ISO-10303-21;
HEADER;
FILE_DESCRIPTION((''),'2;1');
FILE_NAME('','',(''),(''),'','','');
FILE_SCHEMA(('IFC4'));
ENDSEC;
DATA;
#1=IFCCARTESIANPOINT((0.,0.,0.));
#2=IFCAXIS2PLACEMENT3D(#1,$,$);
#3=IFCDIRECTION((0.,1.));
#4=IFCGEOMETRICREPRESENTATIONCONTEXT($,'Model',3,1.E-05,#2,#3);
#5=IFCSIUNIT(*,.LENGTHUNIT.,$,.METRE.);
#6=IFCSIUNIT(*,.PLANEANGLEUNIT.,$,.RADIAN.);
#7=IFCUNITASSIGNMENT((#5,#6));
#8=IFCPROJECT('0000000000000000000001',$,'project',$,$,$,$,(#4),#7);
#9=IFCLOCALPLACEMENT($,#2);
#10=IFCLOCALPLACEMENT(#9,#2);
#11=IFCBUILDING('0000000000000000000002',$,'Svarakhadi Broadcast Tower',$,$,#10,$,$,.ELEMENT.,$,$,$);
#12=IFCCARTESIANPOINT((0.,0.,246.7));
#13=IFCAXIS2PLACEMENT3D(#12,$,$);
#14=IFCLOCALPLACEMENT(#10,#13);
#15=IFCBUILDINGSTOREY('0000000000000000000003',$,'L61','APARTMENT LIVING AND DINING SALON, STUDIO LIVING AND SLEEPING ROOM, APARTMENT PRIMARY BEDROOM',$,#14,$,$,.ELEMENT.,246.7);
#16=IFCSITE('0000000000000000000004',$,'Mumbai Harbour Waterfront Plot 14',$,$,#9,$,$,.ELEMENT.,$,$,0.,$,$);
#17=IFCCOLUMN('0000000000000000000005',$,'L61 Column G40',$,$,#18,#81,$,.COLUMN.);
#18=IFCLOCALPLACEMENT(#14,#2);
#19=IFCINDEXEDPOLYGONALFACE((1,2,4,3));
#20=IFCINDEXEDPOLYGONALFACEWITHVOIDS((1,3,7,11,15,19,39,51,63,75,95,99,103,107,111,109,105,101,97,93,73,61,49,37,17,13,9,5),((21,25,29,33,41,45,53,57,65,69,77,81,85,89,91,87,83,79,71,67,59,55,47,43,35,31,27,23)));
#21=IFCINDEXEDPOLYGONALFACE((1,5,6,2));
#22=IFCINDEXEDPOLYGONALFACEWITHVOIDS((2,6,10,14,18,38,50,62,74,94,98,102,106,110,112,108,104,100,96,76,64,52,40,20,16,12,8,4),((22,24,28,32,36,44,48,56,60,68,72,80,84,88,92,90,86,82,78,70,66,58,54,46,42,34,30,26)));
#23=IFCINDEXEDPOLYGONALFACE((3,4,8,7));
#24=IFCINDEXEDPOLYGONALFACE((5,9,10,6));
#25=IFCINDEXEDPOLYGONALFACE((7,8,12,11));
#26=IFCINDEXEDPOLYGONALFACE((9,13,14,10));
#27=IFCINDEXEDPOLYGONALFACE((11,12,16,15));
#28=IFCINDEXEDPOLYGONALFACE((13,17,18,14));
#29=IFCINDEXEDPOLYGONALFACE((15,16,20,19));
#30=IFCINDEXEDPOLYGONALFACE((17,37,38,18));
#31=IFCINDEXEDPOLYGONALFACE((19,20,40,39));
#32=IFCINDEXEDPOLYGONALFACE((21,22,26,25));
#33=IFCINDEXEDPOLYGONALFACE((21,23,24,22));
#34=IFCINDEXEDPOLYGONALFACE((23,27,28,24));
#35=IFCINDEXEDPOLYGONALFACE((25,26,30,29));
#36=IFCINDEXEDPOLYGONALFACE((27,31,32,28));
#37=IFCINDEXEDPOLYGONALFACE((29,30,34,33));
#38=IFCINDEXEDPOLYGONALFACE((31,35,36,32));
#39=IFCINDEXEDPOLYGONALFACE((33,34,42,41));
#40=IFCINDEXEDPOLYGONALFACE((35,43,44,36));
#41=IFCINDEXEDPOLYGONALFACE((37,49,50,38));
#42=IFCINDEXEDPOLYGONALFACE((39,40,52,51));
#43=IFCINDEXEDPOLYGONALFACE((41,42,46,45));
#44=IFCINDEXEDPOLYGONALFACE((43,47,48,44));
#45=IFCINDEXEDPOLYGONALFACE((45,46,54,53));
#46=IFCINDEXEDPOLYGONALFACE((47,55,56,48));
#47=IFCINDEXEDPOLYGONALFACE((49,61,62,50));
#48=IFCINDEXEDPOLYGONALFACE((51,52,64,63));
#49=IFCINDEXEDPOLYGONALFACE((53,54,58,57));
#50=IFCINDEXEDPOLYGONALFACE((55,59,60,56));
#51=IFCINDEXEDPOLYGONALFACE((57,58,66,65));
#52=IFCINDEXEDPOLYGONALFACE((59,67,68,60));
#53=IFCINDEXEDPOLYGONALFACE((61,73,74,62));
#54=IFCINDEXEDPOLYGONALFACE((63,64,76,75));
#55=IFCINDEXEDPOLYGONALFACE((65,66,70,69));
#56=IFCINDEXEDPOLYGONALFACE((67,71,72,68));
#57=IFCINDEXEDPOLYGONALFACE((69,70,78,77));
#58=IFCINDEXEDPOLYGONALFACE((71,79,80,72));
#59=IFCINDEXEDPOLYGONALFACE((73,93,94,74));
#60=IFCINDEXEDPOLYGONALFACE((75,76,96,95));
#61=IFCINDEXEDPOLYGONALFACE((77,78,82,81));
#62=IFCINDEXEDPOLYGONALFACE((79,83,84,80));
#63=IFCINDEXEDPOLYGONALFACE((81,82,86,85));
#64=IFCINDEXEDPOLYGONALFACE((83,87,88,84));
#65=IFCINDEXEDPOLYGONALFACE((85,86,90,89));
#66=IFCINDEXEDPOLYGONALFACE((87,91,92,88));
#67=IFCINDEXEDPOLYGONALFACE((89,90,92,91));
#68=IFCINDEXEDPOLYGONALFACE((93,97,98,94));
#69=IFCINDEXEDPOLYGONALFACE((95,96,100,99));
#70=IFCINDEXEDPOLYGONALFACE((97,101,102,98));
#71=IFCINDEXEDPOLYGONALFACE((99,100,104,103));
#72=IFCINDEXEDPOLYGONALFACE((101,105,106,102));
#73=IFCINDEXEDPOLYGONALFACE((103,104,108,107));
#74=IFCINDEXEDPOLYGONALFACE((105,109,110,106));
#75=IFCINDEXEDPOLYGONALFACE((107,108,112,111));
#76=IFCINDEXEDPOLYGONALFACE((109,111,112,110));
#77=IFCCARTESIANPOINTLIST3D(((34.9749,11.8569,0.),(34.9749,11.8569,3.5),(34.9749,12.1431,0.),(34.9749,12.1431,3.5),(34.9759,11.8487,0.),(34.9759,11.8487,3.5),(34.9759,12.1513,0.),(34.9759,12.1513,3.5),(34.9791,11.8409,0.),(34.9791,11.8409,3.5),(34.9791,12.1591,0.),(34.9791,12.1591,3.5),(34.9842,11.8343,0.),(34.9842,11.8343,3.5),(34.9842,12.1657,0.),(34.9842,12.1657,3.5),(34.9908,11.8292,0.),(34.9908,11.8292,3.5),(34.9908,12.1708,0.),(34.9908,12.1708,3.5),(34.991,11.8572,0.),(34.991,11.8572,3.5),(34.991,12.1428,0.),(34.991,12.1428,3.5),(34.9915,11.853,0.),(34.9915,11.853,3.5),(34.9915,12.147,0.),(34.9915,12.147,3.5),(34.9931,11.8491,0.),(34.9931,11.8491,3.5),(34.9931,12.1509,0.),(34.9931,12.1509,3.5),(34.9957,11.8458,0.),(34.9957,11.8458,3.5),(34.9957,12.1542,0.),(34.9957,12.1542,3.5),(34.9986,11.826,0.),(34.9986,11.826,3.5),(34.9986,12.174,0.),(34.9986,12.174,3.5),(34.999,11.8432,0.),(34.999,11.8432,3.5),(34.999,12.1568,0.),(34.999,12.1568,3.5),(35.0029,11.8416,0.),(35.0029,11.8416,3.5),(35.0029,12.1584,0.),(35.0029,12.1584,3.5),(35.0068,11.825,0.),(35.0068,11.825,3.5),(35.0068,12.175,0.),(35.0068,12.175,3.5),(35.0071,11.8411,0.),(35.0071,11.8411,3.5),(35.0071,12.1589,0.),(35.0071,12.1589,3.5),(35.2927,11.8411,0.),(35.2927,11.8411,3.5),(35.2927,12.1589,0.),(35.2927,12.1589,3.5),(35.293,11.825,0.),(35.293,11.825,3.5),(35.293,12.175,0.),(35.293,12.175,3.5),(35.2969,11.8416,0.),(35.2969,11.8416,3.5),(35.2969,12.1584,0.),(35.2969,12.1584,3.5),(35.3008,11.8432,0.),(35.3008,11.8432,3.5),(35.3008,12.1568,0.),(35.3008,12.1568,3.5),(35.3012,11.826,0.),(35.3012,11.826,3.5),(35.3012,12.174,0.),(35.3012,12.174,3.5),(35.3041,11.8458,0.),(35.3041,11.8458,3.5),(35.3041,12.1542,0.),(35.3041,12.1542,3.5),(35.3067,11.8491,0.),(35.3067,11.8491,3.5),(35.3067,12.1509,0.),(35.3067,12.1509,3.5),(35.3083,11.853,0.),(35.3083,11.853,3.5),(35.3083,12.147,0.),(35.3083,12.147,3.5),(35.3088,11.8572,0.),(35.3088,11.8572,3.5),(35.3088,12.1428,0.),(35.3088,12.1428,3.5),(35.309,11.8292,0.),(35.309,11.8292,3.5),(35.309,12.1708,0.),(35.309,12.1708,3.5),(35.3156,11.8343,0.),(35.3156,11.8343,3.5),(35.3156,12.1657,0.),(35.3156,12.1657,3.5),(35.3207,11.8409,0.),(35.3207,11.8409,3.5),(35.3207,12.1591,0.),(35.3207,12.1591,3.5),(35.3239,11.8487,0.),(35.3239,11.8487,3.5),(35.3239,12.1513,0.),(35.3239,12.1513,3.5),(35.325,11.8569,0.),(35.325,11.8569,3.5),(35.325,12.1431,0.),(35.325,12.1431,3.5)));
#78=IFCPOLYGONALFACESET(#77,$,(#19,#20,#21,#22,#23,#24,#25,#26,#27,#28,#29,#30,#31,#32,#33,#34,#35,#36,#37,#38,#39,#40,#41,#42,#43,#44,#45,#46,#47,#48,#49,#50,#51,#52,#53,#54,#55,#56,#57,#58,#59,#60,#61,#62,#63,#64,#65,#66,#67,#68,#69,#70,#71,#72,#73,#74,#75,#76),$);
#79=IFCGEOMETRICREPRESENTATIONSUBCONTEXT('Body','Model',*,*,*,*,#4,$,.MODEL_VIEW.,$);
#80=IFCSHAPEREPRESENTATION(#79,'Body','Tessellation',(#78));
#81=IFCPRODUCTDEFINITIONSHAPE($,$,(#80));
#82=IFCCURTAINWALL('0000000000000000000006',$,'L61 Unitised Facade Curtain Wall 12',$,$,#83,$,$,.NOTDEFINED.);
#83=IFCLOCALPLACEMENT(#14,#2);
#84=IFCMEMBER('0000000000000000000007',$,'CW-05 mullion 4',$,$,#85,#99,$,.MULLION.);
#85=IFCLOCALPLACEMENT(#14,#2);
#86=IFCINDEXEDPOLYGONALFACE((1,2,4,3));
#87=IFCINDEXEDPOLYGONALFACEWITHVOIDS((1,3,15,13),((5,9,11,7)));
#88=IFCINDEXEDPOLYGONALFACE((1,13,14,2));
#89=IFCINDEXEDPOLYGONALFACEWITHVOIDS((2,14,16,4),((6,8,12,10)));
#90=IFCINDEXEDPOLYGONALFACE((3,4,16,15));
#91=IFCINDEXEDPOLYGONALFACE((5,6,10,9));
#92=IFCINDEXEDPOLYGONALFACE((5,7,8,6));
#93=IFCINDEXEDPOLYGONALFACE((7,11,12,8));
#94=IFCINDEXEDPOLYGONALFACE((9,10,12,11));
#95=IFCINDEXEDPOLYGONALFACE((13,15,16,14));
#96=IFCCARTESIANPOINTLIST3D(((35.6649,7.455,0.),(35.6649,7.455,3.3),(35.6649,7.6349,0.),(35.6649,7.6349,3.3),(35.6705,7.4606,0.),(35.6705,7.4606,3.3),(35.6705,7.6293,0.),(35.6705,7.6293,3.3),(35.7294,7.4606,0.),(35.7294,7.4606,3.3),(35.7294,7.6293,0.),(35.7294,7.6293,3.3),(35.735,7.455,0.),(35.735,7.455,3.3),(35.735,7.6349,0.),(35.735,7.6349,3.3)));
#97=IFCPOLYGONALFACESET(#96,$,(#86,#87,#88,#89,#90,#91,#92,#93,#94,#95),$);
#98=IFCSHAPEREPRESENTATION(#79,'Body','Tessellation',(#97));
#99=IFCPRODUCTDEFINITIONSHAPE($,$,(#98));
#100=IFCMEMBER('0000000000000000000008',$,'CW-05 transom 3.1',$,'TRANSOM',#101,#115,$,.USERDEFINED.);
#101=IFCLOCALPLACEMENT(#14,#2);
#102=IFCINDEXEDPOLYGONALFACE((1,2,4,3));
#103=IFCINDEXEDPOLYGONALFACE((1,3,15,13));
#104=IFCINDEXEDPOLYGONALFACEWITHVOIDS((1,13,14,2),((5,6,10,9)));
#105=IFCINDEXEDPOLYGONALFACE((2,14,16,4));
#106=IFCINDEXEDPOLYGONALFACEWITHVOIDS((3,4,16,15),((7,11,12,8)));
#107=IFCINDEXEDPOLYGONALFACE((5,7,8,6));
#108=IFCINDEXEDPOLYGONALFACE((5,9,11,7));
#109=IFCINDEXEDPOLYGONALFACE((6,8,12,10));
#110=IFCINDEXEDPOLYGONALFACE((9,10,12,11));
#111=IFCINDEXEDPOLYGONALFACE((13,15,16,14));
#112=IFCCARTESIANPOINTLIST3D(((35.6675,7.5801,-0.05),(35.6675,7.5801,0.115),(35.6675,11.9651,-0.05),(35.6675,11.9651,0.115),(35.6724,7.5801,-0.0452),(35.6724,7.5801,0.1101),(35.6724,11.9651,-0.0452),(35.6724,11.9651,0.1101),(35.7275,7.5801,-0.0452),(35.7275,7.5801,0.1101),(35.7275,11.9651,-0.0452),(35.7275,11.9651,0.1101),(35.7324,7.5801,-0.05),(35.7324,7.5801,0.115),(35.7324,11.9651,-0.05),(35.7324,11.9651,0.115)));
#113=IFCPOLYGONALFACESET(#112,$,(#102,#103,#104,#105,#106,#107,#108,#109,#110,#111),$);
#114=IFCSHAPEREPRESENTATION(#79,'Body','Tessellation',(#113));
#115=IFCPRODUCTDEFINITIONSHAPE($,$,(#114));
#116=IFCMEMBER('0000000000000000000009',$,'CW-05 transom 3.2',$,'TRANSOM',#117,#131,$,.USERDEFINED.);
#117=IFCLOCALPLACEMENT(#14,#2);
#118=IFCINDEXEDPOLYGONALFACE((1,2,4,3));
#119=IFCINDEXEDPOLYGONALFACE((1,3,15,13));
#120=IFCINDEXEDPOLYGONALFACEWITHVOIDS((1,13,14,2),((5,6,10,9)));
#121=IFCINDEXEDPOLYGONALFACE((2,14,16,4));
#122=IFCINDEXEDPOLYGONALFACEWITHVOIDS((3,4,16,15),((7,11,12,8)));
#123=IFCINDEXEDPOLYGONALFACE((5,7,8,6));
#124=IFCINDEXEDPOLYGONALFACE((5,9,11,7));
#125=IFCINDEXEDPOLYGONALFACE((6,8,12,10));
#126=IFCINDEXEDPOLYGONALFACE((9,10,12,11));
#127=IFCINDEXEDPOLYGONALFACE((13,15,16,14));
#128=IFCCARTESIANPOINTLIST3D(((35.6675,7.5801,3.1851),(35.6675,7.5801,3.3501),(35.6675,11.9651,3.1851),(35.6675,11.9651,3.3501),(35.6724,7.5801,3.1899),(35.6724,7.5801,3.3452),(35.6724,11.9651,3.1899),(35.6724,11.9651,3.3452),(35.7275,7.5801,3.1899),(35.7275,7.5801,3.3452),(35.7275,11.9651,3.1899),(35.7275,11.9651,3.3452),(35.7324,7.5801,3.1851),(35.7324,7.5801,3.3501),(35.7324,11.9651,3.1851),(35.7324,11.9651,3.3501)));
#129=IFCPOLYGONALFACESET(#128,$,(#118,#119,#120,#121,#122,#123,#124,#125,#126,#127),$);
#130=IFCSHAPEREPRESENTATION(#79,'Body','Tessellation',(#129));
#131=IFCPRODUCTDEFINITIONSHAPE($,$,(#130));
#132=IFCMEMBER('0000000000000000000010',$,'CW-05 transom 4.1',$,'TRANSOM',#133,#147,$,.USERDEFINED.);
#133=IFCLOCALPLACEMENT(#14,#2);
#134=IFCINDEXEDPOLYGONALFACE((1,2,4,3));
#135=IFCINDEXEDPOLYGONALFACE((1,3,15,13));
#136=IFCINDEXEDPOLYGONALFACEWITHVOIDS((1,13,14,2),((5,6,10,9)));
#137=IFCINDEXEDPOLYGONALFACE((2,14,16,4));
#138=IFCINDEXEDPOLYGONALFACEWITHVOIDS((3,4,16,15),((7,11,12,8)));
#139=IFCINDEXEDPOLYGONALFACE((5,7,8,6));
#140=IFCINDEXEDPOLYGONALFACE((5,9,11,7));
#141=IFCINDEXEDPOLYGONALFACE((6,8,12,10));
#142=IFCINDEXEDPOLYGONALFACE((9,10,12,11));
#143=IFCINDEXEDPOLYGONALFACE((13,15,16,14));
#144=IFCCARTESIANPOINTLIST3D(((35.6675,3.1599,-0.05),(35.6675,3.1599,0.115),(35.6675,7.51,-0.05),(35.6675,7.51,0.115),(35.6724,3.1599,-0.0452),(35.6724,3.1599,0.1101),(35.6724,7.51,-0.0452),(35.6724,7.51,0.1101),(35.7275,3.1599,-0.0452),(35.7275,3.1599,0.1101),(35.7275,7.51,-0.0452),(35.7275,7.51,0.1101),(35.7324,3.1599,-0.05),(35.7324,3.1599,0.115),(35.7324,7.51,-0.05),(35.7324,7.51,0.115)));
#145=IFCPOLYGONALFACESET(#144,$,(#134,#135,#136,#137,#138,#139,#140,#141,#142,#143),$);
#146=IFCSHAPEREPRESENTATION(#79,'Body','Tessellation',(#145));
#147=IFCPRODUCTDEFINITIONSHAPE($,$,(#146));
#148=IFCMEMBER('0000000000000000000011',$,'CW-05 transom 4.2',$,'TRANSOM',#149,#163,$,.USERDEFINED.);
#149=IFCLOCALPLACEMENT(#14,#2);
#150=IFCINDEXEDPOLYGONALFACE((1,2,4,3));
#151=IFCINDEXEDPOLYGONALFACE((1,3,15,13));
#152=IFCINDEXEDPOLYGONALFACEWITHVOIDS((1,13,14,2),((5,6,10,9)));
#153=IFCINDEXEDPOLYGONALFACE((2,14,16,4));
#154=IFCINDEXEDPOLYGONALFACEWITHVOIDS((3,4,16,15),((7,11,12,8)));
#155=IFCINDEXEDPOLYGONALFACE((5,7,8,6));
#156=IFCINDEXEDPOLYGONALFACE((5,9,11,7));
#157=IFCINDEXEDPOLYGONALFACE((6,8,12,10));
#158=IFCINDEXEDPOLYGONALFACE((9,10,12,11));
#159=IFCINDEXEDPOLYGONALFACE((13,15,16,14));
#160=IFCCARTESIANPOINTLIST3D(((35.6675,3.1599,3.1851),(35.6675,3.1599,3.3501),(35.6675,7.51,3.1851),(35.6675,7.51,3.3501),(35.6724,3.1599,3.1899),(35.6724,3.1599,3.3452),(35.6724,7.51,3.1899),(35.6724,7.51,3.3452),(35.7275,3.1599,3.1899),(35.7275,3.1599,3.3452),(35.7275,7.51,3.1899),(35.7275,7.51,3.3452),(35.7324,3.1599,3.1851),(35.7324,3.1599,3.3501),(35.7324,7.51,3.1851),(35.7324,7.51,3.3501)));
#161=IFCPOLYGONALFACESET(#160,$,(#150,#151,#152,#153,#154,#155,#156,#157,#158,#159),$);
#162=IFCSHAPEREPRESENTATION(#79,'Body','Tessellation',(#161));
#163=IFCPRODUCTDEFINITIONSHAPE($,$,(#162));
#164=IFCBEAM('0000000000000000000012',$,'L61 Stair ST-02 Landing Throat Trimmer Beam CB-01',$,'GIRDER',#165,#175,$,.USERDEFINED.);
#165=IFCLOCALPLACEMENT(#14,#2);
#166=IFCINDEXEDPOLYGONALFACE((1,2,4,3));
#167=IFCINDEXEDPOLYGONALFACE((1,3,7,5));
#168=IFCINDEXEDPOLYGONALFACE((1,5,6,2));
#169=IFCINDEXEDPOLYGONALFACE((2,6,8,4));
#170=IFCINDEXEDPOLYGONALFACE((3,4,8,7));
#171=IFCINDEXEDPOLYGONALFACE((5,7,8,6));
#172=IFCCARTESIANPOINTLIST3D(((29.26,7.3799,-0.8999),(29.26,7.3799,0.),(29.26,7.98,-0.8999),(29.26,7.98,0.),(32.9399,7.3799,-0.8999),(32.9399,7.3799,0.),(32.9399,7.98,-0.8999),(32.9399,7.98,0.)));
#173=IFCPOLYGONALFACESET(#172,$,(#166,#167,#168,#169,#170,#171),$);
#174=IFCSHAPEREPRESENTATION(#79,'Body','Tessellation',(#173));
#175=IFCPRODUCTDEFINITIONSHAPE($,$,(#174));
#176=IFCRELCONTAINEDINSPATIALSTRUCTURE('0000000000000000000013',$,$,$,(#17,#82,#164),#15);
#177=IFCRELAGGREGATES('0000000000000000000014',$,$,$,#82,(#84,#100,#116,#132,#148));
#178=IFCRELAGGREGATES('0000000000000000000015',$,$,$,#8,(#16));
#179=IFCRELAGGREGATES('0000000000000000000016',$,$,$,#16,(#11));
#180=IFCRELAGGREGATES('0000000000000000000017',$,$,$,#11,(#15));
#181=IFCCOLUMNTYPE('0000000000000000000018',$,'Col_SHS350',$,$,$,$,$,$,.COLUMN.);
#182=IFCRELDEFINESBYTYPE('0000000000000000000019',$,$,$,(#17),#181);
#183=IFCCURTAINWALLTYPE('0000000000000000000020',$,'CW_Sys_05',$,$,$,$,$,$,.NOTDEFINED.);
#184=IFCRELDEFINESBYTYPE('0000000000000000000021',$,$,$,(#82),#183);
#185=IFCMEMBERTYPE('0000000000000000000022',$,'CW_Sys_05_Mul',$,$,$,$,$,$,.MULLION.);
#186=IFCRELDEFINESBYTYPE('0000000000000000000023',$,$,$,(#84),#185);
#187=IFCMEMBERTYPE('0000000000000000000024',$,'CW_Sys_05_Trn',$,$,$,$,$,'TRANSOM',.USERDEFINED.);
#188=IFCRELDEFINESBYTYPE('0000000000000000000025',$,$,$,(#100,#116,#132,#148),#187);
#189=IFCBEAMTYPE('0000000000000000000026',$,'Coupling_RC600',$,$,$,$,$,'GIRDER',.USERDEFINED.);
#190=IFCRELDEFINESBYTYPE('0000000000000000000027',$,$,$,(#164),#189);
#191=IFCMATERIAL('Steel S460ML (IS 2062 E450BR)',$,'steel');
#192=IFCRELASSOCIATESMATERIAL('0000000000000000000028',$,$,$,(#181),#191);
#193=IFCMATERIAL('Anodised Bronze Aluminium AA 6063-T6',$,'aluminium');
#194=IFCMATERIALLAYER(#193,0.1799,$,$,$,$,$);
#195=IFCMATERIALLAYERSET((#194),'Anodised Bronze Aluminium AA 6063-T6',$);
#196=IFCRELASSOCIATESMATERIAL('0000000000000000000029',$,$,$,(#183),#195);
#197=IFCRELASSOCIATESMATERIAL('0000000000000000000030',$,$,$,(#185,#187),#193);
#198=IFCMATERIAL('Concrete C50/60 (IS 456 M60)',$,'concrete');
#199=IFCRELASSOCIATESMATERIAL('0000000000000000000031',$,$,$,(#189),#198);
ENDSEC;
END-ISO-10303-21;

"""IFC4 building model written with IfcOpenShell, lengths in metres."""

from ifc_helpers import new_model, si_unit, direction, frame, origin, origin_2d, place, context, subcontext, project, spatial, rectangle, hollow_rectangle, extrude, material, layer, layer_set, material_profile, profile_set, type_object, element, aggregate, save


model = new_model("IFC4")

# Units and contexts
model_context = context("Model", 3, precision=1e-05, world=origin(), true_north=direction((0.0, 1.0)))
body_context = subcontext(model_context, "Body", "Model", "MODEL_VIEW")
ifc_project = project(units=[si_unit("LENGTHUNIT", "METRE"), si_unit("PLANEANGLEUNIT", "RADIAN")], contexts=[model_context])

# Site, building, storey
site_placement = place(None, origin())
site = spatial("IfcSite", under=ifc_project, at=site_placement, Name="Mumbai Harbour Waterfront Plot 14", CompositionType="ELEMENT", RefElevation=0.0)
building_placement = place(site_placement, origin())
building = spatial("IfcBuilding", under=site, at=building_placement, Name="Svarakhadi Broadcast Tower", CompositionType="ELEMENT")
storey_placement = place(building_placement, frame((0.0, 0.0, 246.7)))
storey = spatial("IfcBuildingStorey", under=building, at=storey_placement, Name="L61", Description="APARTMENT LIVING AND DINING SALON, STUDIO LIVING AND SLEEPING ROOM, APARTMENT PRIMARY BEDROOM", CompositionType="ELEMENT", Elevation=246.7)

# Column
ifc_material_1 = material(Name="Steel S460ML (IS 2062 E450BR)", Category="steel")
ifc_material_profile_1 = material_profile(ifc_material_1, hollow_rectangle(XDim=0.3501, YDim=0.3501, WallThickness=0.0161, InnerFilletRadius=0.0161, OuterFilletRadius=0.032, at=origin_2d()), Name="SHS 350x350x16")
ifc_profile_set_1 = profile_set([ifc_material_profile_1], Name="Steel S460ML (IS 2062 E450BR)")
column_type = type_object("IfcColumnType", Name="Col_SHS350", PredefinedType="COLUMN", material=ifc_profile_set_1)
column_placement = place(storey_placement, frame((35.1499, 12.0, 0.0), z_axis=(0.0, 0.0, 1.0), x_axis=(1.0, 0.0, 0.0)))
element("IfcColumn", 1, at=column_placement, inside=storey, type_object=column_type, Name="L61 Column G40", PredefinedType="COLUMN", context=body_context, shape_type="SweptSolid", body=[
    extrude(hollow_rectangle(XDim=0.3501, YDim=0.3501, WallThickness=0.0161, InnerFilletRadius=0.0161, OuterFilletRadius=0.032, at=origin_2d()), origin(), (0.0, 0.0, 1.0), 3.5),
])

# Curtain wall, members
ifc_material_2 = material(Name="Anodised Bronze Aluminium AA 6063-T6", Category="aluminium")
ifc_layer_1 = layer(ifc_material_2, 0.1799)
ifc_layer_set_1 = layer_set([ifc_layer_1], Name="Anodised Bronze Aluminium AA 6063-T6")
curtain_wall_type = type_object("IfcCurtainWallType", Name="CW_Sys_05", PredefinedType="NOTDEFINED", material=ifc_layer_set_1)
curtain_wall_placement = place(storey_placement, origin())
curtain_wall = element("IfcCurtainWall", 2, at=curtain_wall_placement, inside=storey, type_object=curtain_wall_type, Name="L61 Unitised Facade Curtain Wall 12", PredefinedType="NOTDEFINED")
ifc_material_profile_2 = material_profile(ifc_material_2, hollow_rectangle(XDim=0.0701, YDim=0.1799, WallThickness=0.0056, at=origin_2d()), Name="ALU MULLION 180x70x6")
ifc_profile_set_2 = profile_set([ifc_material_profile_2], Name="Anodised Bronze Aluminium AA 6063-T6")
member_type_1 = type_object("IfcMemberType", Name="CW_Sys_05_Mul", PredefinedType="MULLION", material=ifc_profile_set_2)
member_1_placement = place(storey_placement, frame((35.7, 7.5449, 0.0), z_axis=(0.0, 0.0, 1.0), x_axis=(1.0, 0.0, 0.0)))
member_1 = element("IfcMember", 3, at=member_1_placement, type_object=member_type_1, Name="CW-05 mullion 4", PredefinedType="MULLION", context=body_context, shape_type="SweptSolid", body=[
    extrude(hollow_rectangle(XDim=0.0701, YDim=0.1799, WallThickness=0.0056, at=origin_2d()), origin(), (0.0, 0.0, 1.0), 3.3),
])
ifc_material_profile_3 = material_profile(ifc_material_2, hollow_rectangle(XDim=0.0649, YDim=0.165, WallThickness=0.0049, at=origin_2d()), Name="ALU TRANSOM 165x65x5")
ifc_profile_set_3 = profile_set([ifc_material_profile_3], Name="Anodised Bronze Aluminium AA 6063-T6")
member_type_2 = type_object("IfcMemberType", Name="CW_Sys_05_Trn", ElementType="TRANSOM", PredefinedType="USERDEFINED", material=ifc_profile_set_3)
member_2_placement = place(storey_placement, frame((35.7, 11.9651, 0.0325), z_axis=(0.0, -1.0, 0.0), x_axis=(1.0, 0.0, 0.0)))
member_2 = element("IfcMember", 4, at=member_2_placement, type_object=member_type_2, Name="CW-05 transom 3.1", ObjectType="TRANSOM", PredefinedType="USERDEFINED", context=body_context, shape_type="SweptSolid", body=[
    extrude(hollow_rectangle(XDim=0.0649, YDim=0.165, WallThickness=0.0049, at=origin_2d()), origin(), (0.0, 0.0, 1.0), 4.385),
])
member_3_placement = place(storey_placement, frame((35.7, 11.9651, 3.2676), z_axis=(0.0, -1.0, 0.0), x_axis=(1.0, 0.0, 0.0)))
member_3 = element("IfcMember", 5, at=member_3_placement, type_object=member_type_2, Name="CW-05 transom 3.2", ObjectType="TRANSOM", PredefinedType="USERDEFINED", context=body_context, shape_type="SweptSolid", body=[
    extrude(hollow_rectangle(XDim=0.0649, YDim=0.165, WallThickness=0.0049, at=origin_2d()), origin(), (0.0, 0.0, 1.0), 4.385),
])
member_4_placement = place(storey_placement, frame((35.7, 7.51, 0.0325), z_axis=(0.0, -1.0, 0.0), x_axis=(1.0, 0.0, 0.0)))
member_4 = element("IfcMember", 6, at=member_4_placement, type_object=member_type_2, Name="CW-05 transom 4.1", ObjectType="TRANSOM", PredefinedType="USERDEFINED", context=body_context, shape_type="SweptSolid", body=[
    extrude(hollow_rectangle(XDim=0.0649, YDim=0.165, WallThickness=0.0049, at=origin_2d()), origin(), (0.0, 0.0, 1.0), 4.3501),
])
member_5_placement = place(storey_placement, frame((35.7, 7.51, 3.2676), z_axis=(0.0, -1.0, 0.0), x_axis=(1.0, 0.0, 0.0)))
member_5 = element("IfcMember", 7, at=member_5_placement, type_object=member_type_2, Name="CW-05 transom 4.2", ObjectType="TRANSOM", PredefinedType="USERDEFINED", context=body_context, shape_type="SweptSolid", body=[
    extrude(hollow_rectangle(XDim=0.0649, YDim=0.165, WallThickness=0.0049, at=origin_2d()), origin(), (0.0, 0.0, 1.0), 4.3501),
])

# Beam
ifc_material_3 = material(Name="Concrete C50/60 (IS 456 M60)", Category="concrete")
ifc_material_profile_4 = material_profile(ifc_material_3, rectangle(XDim=0.6001, YDim=0.8999, at=origin_2d()), Name="RC 600x900")
ifc_profile_set_4 = profile_set([ifc_material_profile_4], Name="Concrete C50/60 (IS 456 M60)")
beam_type_1 = type_object("IfcBeamType", Name="Coupling_RC600", ElementType="GIRDER", PredefinedType="USERDEFINED", material=ifc_profile_set_4)
beam_1_placement = place(storey_placement, frame((29.26, 7.6799, -0.45), z_axis=(1.0, 0.0, 0.0), x_axis=(0.0, 1.0, 0.0)))
element("IfcBeam", 8, at=beam_1_placement, inside=storey, type_object=beam_type_1, Name="L61 Stair ST-02 Landing Throat Trimmer Beam CB-01", ObjectType="GIRDER", PredefinedType="USERDEFINED", context=body_context, shape_type="SweptSolid", body=[
    extrude(rectangle(XDim=0.6001, YDim=0.8999, at=origin_2d()), origin(), (0.0, 0.0, 1.0), 3.6799),
])

aggregate(curtain_wall, [member_1, member_2, member_3, member_4, member_5])

save(model, "model.ifc")
